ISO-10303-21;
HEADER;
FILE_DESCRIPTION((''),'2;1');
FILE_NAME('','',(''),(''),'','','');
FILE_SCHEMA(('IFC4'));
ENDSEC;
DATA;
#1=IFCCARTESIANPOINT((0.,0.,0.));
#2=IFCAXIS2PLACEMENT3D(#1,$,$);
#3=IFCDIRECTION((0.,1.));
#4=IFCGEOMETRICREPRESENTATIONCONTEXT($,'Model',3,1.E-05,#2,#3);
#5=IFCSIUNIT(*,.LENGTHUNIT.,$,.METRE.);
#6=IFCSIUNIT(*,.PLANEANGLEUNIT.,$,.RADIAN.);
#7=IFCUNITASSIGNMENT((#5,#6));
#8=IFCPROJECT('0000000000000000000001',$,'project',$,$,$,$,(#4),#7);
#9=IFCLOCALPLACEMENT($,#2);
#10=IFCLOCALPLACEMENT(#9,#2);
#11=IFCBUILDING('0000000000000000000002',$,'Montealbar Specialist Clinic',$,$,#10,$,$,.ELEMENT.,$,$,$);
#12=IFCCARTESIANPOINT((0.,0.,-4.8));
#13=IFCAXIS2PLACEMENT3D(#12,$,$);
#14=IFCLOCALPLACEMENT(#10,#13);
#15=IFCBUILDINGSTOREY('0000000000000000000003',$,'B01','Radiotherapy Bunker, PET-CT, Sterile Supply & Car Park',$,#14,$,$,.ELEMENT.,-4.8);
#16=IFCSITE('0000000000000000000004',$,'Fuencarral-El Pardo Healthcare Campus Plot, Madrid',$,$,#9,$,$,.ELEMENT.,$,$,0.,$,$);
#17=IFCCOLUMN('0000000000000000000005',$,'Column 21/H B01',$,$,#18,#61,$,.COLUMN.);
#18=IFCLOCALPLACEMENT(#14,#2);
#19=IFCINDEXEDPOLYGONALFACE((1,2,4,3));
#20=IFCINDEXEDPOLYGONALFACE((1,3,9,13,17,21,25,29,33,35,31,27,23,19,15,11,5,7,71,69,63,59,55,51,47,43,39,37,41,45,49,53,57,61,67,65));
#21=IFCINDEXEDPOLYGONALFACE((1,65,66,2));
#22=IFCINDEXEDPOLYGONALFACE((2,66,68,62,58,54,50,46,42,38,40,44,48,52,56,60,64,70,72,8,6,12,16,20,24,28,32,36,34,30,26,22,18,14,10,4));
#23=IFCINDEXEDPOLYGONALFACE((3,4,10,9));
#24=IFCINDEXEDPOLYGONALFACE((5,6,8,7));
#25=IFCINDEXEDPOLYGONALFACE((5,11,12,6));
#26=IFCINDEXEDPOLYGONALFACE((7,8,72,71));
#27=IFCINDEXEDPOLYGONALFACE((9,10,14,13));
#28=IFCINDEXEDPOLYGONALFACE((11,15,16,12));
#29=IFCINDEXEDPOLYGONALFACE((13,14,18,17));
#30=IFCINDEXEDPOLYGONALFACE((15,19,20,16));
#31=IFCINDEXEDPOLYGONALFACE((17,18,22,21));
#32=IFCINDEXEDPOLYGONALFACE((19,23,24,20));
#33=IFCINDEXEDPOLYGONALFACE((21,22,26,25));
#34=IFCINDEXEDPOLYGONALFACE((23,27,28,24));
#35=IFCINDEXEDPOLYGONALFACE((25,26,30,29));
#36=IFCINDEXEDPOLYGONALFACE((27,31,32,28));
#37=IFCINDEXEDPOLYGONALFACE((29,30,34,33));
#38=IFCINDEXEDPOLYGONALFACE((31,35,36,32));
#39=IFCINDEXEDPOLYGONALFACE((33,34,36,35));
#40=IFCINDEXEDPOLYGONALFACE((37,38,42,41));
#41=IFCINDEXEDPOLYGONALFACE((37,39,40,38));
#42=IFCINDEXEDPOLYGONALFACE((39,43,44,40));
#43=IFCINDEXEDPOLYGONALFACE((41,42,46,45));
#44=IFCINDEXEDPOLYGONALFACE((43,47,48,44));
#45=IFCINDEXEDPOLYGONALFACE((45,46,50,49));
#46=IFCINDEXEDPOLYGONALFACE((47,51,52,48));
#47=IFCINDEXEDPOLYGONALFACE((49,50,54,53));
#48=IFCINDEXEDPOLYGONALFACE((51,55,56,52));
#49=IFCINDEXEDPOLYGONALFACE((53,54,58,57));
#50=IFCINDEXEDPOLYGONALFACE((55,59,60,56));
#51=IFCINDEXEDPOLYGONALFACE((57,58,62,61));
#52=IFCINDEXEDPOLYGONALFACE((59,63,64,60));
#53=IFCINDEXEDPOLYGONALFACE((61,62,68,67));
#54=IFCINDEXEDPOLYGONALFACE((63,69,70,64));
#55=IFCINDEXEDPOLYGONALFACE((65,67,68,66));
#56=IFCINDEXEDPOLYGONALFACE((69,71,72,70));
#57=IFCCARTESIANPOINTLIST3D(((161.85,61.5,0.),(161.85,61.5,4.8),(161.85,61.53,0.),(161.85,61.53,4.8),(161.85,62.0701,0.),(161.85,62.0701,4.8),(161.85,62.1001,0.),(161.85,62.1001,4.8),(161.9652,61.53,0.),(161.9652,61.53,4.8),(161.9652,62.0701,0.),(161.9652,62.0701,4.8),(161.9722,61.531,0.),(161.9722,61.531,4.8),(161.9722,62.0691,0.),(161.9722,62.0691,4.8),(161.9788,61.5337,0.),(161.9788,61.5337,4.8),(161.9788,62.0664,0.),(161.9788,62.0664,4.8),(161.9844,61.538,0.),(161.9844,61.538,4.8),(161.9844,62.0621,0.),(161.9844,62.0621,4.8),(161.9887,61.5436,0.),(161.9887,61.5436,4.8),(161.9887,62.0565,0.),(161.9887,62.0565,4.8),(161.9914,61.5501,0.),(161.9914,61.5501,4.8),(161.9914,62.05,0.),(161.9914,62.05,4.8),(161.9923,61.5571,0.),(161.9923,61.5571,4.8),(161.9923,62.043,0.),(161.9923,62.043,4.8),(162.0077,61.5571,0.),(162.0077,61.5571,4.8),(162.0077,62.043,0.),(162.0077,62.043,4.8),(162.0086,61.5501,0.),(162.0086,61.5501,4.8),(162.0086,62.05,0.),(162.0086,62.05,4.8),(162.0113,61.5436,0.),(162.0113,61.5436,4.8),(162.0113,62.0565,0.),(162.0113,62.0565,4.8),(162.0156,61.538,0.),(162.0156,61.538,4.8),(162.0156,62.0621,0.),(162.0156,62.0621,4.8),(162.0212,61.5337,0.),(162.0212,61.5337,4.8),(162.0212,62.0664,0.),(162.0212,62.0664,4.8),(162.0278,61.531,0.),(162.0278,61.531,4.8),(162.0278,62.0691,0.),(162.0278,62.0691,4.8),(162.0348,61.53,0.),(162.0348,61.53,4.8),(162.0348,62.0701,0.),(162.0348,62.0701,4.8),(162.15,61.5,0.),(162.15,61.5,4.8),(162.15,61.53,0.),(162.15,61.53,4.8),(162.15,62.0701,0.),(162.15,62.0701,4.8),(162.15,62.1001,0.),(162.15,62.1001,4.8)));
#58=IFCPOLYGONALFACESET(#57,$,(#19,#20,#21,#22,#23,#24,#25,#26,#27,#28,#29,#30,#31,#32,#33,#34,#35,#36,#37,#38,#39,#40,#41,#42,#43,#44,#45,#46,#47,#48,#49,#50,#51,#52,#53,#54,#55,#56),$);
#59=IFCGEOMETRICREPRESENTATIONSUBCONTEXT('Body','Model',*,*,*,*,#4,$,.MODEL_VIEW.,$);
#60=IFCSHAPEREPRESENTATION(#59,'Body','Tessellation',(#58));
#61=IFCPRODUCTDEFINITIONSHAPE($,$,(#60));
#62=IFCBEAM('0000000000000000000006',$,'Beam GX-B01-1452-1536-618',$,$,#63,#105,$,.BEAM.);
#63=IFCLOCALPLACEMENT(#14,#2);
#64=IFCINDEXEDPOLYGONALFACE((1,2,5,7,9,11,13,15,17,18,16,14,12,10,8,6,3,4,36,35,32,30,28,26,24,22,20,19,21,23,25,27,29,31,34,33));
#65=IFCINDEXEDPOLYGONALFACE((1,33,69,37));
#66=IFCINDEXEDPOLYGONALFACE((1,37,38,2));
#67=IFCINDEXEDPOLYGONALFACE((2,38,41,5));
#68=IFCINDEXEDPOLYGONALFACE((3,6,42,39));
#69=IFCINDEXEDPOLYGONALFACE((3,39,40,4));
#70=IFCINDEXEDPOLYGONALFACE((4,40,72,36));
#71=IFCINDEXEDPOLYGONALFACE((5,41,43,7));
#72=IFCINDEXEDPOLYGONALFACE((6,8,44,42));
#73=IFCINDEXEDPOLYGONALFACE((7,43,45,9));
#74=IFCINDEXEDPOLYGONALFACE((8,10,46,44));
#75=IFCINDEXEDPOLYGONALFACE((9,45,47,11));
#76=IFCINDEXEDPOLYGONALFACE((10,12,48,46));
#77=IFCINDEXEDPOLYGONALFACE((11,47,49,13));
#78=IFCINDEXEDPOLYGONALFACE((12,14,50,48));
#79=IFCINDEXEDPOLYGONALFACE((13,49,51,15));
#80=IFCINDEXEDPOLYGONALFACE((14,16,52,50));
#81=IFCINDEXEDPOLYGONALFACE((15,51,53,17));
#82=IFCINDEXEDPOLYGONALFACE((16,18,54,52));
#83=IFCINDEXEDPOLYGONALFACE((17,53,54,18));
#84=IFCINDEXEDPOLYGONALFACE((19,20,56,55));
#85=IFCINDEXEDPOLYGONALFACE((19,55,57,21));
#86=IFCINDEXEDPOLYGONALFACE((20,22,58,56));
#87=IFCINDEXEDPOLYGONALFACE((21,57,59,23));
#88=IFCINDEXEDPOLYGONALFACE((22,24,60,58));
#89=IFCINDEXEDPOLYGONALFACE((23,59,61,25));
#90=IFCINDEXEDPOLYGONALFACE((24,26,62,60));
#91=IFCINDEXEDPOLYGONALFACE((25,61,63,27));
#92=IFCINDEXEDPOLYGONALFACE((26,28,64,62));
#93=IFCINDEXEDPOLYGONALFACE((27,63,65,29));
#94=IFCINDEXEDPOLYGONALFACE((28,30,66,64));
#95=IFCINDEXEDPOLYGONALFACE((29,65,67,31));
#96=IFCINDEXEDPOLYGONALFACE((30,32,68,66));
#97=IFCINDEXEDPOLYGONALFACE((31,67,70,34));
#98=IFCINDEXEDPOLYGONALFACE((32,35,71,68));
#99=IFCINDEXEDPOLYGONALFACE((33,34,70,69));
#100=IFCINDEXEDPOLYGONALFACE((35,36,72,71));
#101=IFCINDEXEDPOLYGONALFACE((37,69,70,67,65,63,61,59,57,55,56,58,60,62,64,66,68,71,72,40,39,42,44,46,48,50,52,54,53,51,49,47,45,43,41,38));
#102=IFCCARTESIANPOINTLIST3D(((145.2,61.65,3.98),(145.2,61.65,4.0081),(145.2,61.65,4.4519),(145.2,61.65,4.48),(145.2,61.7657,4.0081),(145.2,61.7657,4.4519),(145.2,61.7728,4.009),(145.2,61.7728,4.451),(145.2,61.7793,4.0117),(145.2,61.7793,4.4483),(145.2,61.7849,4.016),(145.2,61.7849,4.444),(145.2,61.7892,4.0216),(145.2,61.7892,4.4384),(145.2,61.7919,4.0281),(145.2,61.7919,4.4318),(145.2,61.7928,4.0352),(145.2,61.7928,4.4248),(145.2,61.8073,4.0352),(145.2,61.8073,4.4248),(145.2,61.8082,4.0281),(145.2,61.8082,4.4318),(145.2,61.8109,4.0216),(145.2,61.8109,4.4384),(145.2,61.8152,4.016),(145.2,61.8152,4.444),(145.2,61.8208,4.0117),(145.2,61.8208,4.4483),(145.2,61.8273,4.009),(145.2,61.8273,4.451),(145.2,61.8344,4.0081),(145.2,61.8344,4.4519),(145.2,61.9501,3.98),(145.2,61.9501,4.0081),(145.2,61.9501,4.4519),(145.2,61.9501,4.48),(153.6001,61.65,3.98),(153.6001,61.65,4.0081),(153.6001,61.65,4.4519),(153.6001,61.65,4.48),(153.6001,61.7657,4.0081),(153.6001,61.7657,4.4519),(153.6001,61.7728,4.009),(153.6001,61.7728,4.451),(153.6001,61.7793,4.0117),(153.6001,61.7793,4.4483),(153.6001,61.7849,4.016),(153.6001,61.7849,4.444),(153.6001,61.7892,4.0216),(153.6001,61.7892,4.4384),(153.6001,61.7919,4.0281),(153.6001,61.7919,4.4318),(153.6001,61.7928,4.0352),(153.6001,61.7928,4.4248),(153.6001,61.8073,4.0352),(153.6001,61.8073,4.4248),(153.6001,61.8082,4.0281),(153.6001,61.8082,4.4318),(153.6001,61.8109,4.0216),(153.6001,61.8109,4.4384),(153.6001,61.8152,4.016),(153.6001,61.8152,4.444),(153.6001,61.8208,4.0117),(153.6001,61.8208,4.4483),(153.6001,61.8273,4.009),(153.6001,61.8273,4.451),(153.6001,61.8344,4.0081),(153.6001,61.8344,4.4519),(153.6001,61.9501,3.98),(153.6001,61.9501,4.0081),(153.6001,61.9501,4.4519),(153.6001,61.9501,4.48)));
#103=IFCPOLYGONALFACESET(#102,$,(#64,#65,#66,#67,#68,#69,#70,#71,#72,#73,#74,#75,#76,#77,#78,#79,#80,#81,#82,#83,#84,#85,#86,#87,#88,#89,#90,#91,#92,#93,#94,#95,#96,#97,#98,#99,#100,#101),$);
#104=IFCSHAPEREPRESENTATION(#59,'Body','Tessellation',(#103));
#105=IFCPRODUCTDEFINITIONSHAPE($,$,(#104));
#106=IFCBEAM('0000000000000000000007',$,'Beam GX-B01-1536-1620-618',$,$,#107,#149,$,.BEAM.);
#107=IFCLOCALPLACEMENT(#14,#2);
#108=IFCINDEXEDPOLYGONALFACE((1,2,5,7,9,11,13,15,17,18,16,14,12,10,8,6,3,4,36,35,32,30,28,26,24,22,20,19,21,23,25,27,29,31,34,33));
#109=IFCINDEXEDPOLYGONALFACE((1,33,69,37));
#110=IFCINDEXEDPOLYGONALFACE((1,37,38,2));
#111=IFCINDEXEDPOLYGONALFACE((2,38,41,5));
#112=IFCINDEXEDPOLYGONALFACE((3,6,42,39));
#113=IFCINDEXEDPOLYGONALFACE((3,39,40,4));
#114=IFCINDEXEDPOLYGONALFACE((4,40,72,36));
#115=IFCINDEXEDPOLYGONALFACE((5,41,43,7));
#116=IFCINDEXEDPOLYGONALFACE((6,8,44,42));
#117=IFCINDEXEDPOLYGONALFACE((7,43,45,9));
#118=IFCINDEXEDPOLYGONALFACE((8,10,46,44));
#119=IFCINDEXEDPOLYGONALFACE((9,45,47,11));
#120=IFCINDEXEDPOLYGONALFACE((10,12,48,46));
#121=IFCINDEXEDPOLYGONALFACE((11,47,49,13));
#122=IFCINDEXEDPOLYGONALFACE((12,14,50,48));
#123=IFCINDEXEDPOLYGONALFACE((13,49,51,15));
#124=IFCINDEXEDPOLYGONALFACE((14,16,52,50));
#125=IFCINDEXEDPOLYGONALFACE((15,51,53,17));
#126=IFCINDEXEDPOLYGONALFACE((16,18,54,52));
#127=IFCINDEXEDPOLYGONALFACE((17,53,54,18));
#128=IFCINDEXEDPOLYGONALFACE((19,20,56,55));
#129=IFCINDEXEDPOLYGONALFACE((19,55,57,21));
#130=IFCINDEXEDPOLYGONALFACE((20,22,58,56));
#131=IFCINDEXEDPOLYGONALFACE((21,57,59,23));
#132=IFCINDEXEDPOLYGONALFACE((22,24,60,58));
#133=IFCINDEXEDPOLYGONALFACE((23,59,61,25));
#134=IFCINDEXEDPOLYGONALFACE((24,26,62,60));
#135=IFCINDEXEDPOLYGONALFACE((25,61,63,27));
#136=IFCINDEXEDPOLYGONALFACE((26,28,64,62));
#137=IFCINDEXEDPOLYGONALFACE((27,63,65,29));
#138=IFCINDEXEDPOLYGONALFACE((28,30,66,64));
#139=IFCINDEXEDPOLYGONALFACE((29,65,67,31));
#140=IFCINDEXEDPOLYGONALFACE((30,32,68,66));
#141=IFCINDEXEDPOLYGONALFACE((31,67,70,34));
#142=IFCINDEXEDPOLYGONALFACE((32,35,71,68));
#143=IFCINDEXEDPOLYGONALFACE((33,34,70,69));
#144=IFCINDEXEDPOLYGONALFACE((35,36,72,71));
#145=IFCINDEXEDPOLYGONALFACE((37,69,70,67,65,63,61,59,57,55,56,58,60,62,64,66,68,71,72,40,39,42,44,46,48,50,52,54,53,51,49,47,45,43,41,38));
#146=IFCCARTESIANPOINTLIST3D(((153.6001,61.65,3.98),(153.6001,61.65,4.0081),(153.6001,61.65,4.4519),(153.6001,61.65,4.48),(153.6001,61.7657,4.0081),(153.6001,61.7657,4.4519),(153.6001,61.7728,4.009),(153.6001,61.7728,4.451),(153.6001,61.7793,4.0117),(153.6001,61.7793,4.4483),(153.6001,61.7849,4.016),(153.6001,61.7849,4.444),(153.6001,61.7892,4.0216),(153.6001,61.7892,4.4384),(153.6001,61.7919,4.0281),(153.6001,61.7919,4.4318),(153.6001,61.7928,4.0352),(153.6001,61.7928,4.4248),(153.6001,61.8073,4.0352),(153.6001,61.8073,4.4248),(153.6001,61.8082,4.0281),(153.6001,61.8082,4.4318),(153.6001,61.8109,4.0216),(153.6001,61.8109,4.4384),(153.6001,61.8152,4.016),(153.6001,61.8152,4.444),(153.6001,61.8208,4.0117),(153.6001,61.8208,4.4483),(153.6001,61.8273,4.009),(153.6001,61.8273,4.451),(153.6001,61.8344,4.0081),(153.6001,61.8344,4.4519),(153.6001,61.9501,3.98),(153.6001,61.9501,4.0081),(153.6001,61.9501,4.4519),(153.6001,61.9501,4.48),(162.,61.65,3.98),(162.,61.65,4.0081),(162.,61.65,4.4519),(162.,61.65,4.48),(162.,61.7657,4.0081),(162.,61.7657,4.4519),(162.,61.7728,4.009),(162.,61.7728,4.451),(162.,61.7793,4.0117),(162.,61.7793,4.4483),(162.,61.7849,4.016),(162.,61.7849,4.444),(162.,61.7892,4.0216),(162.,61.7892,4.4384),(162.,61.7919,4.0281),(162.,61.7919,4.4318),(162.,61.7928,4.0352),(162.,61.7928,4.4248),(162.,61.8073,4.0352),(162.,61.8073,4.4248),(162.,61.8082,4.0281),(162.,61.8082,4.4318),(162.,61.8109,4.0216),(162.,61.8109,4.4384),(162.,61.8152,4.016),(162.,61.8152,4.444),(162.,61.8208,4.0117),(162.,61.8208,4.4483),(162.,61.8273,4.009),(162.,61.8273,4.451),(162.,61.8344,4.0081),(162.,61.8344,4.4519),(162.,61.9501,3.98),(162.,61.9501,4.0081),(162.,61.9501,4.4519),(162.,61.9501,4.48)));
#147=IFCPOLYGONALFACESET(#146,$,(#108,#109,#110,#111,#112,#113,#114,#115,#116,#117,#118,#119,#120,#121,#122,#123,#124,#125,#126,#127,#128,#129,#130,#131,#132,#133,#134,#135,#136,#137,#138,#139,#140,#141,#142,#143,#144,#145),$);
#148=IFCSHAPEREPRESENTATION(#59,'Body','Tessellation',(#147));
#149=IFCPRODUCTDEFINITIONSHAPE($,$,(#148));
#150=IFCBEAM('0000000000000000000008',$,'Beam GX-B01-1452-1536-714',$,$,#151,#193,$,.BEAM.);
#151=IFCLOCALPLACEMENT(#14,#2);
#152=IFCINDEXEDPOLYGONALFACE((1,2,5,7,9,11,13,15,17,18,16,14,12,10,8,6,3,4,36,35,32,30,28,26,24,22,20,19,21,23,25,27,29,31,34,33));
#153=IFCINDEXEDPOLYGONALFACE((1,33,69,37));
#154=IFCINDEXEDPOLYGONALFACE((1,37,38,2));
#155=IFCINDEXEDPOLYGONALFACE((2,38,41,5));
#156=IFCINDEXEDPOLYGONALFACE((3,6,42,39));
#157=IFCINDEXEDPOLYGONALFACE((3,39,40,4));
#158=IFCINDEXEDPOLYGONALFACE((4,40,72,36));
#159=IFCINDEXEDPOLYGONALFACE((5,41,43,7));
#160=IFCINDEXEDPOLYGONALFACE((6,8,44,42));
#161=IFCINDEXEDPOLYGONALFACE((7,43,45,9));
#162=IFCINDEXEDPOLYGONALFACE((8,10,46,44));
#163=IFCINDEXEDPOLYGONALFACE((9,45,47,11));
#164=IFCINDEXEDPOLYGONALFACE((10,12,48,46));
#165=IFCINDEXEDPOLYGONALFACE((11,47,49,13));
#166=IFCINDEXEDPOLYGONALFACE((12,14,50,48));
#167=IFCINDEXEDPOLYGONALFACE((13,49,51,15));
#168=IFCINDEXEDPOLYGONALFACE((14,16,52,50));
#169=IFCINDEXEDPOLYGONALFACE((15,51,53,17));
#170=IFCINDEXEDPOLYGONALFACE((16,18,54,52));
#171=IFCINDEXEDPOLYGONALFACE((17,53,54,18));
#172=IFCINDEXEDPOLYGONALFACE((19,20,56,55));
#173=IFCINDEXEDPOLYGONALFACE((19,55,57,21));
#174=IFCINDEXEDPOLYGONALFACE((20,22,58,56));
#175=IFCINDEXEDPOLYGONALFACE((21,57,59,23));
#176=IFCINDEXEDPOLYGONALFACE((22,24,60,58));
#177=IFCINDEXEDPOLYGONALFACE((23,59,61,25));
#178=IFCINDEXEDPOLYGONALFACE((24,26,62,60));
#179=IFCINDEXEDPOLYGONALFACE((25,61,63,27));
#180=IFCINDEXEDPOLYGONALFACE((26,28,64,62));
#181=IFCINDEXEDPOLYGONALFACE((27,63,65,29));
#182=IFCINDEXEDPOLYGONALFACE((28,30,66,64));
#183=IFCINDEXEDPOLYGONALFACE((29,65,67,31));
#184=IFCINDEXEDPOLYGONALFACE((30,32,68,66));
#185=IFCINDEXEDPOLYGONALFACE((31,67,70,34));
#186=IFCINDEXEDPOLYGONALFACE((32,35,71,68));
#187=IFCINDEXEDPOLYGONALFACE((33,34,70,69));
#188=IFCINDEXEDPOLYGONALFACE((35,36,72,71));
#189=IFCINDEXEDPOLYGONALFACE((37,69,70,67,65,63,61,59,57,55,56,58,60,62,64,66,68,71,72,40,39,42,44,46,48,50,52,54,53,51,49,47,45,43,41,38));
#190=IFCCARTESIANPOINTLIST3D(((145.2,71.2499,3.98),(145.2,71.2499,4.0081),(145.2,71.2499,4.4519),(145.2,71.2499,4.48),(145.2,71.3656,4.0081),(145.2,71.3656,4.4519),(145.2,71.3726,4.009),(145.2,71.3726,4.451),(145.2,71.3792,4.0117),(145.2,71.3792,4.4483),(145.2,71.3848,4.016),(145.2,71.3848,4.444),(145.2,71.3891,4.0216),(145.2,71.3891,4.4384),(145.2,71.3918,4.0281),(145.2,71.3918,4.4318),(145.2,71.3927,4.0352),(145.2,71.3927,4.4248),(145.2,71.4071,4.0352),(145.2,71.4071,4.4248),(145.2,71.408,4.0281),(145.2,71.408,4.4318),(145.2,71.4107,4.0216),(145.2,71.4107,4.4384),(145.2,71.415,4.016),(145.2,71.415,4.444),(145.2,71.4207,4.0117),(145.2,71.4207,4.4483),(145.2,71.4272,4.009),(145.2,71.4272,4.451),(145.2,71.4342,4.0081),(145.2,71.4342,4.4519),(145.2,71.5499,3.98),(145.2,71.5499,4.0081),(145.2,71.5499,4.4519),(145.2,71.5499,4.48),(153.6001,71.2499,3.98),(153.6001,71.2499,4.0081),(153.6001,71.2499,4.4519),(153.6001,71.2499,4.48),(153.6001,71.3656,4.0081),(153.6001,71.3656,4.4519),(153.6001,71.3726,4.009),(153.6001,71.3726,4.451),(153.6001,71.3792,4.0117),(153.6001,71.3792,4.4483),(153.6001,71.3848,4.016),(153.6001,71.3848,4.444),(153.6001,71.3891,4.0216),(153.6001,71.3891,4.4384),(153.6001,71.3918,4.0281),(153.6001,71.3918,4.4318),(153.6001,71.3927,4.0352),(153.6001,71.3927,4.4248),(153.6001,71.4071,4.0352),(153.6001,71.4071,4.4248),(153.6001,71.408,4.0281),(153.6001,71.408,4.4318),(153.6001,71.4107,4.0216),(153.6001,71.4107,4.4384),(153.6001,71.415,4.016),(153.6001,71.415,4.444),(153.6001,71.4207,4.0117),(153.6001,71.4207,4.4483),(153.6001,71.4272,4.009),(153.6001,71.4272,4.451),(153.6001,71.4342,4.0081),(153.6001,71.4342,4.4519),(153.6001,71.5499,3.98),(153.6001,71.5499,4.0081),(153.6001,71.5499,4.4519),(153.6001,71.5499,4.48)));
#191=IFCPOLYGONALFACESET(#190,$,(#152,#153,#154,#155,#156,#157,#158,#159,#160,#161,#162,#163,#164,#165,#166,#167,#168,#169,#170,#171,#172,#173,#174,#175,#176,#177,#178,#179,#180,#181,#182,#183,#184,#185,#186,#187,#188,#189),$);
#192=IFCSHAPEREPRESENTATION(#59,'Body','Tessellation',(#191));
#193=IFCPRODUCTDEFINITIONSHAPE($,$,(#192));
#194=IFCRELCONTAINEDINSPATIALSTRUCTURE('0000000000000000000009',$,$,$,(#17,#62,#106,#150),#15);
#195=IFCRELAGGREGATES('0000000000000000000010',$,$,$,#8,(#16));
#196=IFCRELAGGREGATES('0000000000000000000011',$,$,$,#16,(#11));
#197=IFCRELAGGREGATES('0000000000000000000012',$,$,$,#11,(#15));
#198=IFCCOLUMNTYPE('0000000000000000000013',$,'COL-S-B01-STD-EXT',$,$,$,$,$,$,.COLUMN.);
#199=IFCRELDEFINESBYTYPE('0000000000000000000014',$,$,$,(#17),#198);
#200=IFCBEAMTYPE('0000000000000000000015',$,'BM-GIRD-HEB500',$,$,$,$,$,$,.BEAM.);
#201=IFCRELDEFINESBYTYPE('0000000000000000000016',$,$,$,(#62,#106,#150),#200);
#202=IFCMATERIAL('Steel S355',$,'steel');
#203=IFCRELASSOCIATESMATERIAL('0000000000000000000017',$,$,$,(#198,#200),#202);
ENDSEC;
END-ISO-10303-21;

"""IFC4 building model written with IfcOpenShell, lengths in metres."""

from ifc_helpers import new_model, si_unit, direction, frame, origin, origin_2d, place, context, subcontext, project, spatial, i_section, extrude, material, material_profile, profile_set, type_object, element, save


model = new_model("IFC4")

# Units and contexts
model_context = context("Model", 3, precision=1e-05, world=origin(), true_north=direction((0.0, 1.0)))
body_context = subcontext(model_context, "Body", "Model", "MODEL_VIEW")
ifc_project = project(units=[si_unit("LENGTHUNIT", "METRE"), si_unit("PLANEANGLEUNIT", "RADIAN")], contexts=[model_context])

# Site, building, storey
site_placement = place(None, origin())
site = spatial("IfcSite", under=ifc_project, at=site_placement, Name="Fuencarral-El Pardo Healthcare Campus Plot, Madrid", CompositionType="ELEMENT", RefElevation=0.0)
building_placement = place(site_placement, origin())
building = spatial("IfcBuilding", under=site, at=building_placement, Name="Montealbar Specialist Clinic", CompositionType="ELEMENT")
storey_placement = place(building_placement, frame((0.0, 0.0, -4.8)))
storey = spatial("IfcBuildingStorey", under=building, at=storey_placement, Name="B01", Description="Radiotherapy Bunker, PET-CT, Sterile Supply & Car Park", CompositionType="ELEMENT", Elevation=-4.8)

# Column
ifc_material_1 = material(Name="Steel S355", Category="steel")
ifc_material_profile_1 = material_profile(ifc_material_1, i_section(OverallWidth=0.3, OverallDepth=0.6001, WebThickness=0.0154, FlangeThickness=0.03, FilletRadius=0.0271, at=origin_2d()), Name="HEB 600", Category="steel")
ifc_profile_set_1 = profile_set([ifc_material_profile_1], Name="Steel S355")
column_type = type_object("IfcColumnType", Name="COL-S-B01-STD-EXT", PredefinedType="COLUMN", material=ifc_profile_set_1)
for number, where, z_axis, x_axis, name in (
    (1, (162.0, 61.8, 0.0), (0.0, 0.0, 1.0), (1.0, 0.0, 0.0), "Column 21/H B01"),
):
    element("IfcColumn", number, at=place(storey_placement, frame(where, z_axis=z_axis, x_axis=x_axis)), inside=storey, type_object=column_type, Name=name, PredefinedType="COLUMN", context=body_context, shape_type="SweptSolid", body=[
        extrude(i_section(OverallWidth=0.3, OverallDepth=0.6001, WebThickness=0.0154, FlangeThickness=0.03, FilletRadius=0.0271, at=origin_2d()), origin(), (0.0, 0.0, 1.0), 4.8),
    ])

# Beams
ifc_material_profile_2 = material_profile(ifc_material_1, i_section(OverallWidth=0.3, OverallDepth=0.5, WebThickness=0.0144, FlangeThickness=0.0281, FilletRadius=0.0271, at=origin_2d()), Name="HEB 500", Category="steel")
ifc_profile_set_2 = profile_set([ifc_material_profile_2], Name="Steel S355")
beam_type_1 = type_object("IfcBeamType", Name="BM-GIRD-HEB500", PredefinedType="BEAM", material=ifc_profile_set_2)
beam_1_placement = place(storey_placement, frame((145.2, 61.8, 4.23), z_axis=(1.0, 0.0, 0.0), x_axis=(0.0, 1.0, 0.0)))
element("IfcBeam", 2, at=beam_1_placement, inside=storey, type_object=beam_type_1, Name="Beam GX-B01-1452-1536-618", PredefinedType="BEAM", context=body_context, shape_type="SweptSolid", body=[
    extrude(i_section(OverallWidth=0.3, OverallDepth=0.5, WebThickness=0.0144, FlangeThickness=0.0281, FilletRadius=0.0271, at=origin_2d()), origin(), (0.0, 0.0, 1.0), 8.4001),
])
beam_2_placement = place(storey_placement, frame((153.6001, 61.8, 4.23), z_axis=(1.0, 0.0, 0.0), x_axis=(0.0, 1.0, 0.0)))
element("IfcBeam", 3, at=beam_2_placement, inside=storey, type_object=beam_type_1, Name="Beam GX-B01-1536-1620-618", PredefinedType="BEAM", context=body_context, shape_type="SweptSolid", body=[
    extrude(i_section(OverallWidth=0.3, OverallDepth=0.5, WebThickness=0.0144, FlangeThickness=0.0281, FilletRadius=0.0271, at=origin_2d()), origin(), (0.0, 0.0, 1.0), 8.3999),
])
beam_3_placement = place(storey_placement, frame((145.2, 71.3999, 4.23), z_axis=(1.0, 0.0, 0.0), x_axis=(0.0, 1.0, 0.0)))
element("IfcBeam", 4, at=beam_3_placement, inside=storey, type_object=beam_type_1, Name="Beam GX-B01-1452-1536-714", PredefinedType="BEAM", context=body_context, shape_type="SweptSolid", body=[
    extrude(i_section(OverallWidth=0.3, OverallDepth=0.5, WebThickness=0.0144, FlangeThickness=0.0281, FilletRadius=0.0271, at=origin_2d()), origin(), (0.0, 0.0, 1.0), 8.4001),
])

save(model, "model.ifc")
